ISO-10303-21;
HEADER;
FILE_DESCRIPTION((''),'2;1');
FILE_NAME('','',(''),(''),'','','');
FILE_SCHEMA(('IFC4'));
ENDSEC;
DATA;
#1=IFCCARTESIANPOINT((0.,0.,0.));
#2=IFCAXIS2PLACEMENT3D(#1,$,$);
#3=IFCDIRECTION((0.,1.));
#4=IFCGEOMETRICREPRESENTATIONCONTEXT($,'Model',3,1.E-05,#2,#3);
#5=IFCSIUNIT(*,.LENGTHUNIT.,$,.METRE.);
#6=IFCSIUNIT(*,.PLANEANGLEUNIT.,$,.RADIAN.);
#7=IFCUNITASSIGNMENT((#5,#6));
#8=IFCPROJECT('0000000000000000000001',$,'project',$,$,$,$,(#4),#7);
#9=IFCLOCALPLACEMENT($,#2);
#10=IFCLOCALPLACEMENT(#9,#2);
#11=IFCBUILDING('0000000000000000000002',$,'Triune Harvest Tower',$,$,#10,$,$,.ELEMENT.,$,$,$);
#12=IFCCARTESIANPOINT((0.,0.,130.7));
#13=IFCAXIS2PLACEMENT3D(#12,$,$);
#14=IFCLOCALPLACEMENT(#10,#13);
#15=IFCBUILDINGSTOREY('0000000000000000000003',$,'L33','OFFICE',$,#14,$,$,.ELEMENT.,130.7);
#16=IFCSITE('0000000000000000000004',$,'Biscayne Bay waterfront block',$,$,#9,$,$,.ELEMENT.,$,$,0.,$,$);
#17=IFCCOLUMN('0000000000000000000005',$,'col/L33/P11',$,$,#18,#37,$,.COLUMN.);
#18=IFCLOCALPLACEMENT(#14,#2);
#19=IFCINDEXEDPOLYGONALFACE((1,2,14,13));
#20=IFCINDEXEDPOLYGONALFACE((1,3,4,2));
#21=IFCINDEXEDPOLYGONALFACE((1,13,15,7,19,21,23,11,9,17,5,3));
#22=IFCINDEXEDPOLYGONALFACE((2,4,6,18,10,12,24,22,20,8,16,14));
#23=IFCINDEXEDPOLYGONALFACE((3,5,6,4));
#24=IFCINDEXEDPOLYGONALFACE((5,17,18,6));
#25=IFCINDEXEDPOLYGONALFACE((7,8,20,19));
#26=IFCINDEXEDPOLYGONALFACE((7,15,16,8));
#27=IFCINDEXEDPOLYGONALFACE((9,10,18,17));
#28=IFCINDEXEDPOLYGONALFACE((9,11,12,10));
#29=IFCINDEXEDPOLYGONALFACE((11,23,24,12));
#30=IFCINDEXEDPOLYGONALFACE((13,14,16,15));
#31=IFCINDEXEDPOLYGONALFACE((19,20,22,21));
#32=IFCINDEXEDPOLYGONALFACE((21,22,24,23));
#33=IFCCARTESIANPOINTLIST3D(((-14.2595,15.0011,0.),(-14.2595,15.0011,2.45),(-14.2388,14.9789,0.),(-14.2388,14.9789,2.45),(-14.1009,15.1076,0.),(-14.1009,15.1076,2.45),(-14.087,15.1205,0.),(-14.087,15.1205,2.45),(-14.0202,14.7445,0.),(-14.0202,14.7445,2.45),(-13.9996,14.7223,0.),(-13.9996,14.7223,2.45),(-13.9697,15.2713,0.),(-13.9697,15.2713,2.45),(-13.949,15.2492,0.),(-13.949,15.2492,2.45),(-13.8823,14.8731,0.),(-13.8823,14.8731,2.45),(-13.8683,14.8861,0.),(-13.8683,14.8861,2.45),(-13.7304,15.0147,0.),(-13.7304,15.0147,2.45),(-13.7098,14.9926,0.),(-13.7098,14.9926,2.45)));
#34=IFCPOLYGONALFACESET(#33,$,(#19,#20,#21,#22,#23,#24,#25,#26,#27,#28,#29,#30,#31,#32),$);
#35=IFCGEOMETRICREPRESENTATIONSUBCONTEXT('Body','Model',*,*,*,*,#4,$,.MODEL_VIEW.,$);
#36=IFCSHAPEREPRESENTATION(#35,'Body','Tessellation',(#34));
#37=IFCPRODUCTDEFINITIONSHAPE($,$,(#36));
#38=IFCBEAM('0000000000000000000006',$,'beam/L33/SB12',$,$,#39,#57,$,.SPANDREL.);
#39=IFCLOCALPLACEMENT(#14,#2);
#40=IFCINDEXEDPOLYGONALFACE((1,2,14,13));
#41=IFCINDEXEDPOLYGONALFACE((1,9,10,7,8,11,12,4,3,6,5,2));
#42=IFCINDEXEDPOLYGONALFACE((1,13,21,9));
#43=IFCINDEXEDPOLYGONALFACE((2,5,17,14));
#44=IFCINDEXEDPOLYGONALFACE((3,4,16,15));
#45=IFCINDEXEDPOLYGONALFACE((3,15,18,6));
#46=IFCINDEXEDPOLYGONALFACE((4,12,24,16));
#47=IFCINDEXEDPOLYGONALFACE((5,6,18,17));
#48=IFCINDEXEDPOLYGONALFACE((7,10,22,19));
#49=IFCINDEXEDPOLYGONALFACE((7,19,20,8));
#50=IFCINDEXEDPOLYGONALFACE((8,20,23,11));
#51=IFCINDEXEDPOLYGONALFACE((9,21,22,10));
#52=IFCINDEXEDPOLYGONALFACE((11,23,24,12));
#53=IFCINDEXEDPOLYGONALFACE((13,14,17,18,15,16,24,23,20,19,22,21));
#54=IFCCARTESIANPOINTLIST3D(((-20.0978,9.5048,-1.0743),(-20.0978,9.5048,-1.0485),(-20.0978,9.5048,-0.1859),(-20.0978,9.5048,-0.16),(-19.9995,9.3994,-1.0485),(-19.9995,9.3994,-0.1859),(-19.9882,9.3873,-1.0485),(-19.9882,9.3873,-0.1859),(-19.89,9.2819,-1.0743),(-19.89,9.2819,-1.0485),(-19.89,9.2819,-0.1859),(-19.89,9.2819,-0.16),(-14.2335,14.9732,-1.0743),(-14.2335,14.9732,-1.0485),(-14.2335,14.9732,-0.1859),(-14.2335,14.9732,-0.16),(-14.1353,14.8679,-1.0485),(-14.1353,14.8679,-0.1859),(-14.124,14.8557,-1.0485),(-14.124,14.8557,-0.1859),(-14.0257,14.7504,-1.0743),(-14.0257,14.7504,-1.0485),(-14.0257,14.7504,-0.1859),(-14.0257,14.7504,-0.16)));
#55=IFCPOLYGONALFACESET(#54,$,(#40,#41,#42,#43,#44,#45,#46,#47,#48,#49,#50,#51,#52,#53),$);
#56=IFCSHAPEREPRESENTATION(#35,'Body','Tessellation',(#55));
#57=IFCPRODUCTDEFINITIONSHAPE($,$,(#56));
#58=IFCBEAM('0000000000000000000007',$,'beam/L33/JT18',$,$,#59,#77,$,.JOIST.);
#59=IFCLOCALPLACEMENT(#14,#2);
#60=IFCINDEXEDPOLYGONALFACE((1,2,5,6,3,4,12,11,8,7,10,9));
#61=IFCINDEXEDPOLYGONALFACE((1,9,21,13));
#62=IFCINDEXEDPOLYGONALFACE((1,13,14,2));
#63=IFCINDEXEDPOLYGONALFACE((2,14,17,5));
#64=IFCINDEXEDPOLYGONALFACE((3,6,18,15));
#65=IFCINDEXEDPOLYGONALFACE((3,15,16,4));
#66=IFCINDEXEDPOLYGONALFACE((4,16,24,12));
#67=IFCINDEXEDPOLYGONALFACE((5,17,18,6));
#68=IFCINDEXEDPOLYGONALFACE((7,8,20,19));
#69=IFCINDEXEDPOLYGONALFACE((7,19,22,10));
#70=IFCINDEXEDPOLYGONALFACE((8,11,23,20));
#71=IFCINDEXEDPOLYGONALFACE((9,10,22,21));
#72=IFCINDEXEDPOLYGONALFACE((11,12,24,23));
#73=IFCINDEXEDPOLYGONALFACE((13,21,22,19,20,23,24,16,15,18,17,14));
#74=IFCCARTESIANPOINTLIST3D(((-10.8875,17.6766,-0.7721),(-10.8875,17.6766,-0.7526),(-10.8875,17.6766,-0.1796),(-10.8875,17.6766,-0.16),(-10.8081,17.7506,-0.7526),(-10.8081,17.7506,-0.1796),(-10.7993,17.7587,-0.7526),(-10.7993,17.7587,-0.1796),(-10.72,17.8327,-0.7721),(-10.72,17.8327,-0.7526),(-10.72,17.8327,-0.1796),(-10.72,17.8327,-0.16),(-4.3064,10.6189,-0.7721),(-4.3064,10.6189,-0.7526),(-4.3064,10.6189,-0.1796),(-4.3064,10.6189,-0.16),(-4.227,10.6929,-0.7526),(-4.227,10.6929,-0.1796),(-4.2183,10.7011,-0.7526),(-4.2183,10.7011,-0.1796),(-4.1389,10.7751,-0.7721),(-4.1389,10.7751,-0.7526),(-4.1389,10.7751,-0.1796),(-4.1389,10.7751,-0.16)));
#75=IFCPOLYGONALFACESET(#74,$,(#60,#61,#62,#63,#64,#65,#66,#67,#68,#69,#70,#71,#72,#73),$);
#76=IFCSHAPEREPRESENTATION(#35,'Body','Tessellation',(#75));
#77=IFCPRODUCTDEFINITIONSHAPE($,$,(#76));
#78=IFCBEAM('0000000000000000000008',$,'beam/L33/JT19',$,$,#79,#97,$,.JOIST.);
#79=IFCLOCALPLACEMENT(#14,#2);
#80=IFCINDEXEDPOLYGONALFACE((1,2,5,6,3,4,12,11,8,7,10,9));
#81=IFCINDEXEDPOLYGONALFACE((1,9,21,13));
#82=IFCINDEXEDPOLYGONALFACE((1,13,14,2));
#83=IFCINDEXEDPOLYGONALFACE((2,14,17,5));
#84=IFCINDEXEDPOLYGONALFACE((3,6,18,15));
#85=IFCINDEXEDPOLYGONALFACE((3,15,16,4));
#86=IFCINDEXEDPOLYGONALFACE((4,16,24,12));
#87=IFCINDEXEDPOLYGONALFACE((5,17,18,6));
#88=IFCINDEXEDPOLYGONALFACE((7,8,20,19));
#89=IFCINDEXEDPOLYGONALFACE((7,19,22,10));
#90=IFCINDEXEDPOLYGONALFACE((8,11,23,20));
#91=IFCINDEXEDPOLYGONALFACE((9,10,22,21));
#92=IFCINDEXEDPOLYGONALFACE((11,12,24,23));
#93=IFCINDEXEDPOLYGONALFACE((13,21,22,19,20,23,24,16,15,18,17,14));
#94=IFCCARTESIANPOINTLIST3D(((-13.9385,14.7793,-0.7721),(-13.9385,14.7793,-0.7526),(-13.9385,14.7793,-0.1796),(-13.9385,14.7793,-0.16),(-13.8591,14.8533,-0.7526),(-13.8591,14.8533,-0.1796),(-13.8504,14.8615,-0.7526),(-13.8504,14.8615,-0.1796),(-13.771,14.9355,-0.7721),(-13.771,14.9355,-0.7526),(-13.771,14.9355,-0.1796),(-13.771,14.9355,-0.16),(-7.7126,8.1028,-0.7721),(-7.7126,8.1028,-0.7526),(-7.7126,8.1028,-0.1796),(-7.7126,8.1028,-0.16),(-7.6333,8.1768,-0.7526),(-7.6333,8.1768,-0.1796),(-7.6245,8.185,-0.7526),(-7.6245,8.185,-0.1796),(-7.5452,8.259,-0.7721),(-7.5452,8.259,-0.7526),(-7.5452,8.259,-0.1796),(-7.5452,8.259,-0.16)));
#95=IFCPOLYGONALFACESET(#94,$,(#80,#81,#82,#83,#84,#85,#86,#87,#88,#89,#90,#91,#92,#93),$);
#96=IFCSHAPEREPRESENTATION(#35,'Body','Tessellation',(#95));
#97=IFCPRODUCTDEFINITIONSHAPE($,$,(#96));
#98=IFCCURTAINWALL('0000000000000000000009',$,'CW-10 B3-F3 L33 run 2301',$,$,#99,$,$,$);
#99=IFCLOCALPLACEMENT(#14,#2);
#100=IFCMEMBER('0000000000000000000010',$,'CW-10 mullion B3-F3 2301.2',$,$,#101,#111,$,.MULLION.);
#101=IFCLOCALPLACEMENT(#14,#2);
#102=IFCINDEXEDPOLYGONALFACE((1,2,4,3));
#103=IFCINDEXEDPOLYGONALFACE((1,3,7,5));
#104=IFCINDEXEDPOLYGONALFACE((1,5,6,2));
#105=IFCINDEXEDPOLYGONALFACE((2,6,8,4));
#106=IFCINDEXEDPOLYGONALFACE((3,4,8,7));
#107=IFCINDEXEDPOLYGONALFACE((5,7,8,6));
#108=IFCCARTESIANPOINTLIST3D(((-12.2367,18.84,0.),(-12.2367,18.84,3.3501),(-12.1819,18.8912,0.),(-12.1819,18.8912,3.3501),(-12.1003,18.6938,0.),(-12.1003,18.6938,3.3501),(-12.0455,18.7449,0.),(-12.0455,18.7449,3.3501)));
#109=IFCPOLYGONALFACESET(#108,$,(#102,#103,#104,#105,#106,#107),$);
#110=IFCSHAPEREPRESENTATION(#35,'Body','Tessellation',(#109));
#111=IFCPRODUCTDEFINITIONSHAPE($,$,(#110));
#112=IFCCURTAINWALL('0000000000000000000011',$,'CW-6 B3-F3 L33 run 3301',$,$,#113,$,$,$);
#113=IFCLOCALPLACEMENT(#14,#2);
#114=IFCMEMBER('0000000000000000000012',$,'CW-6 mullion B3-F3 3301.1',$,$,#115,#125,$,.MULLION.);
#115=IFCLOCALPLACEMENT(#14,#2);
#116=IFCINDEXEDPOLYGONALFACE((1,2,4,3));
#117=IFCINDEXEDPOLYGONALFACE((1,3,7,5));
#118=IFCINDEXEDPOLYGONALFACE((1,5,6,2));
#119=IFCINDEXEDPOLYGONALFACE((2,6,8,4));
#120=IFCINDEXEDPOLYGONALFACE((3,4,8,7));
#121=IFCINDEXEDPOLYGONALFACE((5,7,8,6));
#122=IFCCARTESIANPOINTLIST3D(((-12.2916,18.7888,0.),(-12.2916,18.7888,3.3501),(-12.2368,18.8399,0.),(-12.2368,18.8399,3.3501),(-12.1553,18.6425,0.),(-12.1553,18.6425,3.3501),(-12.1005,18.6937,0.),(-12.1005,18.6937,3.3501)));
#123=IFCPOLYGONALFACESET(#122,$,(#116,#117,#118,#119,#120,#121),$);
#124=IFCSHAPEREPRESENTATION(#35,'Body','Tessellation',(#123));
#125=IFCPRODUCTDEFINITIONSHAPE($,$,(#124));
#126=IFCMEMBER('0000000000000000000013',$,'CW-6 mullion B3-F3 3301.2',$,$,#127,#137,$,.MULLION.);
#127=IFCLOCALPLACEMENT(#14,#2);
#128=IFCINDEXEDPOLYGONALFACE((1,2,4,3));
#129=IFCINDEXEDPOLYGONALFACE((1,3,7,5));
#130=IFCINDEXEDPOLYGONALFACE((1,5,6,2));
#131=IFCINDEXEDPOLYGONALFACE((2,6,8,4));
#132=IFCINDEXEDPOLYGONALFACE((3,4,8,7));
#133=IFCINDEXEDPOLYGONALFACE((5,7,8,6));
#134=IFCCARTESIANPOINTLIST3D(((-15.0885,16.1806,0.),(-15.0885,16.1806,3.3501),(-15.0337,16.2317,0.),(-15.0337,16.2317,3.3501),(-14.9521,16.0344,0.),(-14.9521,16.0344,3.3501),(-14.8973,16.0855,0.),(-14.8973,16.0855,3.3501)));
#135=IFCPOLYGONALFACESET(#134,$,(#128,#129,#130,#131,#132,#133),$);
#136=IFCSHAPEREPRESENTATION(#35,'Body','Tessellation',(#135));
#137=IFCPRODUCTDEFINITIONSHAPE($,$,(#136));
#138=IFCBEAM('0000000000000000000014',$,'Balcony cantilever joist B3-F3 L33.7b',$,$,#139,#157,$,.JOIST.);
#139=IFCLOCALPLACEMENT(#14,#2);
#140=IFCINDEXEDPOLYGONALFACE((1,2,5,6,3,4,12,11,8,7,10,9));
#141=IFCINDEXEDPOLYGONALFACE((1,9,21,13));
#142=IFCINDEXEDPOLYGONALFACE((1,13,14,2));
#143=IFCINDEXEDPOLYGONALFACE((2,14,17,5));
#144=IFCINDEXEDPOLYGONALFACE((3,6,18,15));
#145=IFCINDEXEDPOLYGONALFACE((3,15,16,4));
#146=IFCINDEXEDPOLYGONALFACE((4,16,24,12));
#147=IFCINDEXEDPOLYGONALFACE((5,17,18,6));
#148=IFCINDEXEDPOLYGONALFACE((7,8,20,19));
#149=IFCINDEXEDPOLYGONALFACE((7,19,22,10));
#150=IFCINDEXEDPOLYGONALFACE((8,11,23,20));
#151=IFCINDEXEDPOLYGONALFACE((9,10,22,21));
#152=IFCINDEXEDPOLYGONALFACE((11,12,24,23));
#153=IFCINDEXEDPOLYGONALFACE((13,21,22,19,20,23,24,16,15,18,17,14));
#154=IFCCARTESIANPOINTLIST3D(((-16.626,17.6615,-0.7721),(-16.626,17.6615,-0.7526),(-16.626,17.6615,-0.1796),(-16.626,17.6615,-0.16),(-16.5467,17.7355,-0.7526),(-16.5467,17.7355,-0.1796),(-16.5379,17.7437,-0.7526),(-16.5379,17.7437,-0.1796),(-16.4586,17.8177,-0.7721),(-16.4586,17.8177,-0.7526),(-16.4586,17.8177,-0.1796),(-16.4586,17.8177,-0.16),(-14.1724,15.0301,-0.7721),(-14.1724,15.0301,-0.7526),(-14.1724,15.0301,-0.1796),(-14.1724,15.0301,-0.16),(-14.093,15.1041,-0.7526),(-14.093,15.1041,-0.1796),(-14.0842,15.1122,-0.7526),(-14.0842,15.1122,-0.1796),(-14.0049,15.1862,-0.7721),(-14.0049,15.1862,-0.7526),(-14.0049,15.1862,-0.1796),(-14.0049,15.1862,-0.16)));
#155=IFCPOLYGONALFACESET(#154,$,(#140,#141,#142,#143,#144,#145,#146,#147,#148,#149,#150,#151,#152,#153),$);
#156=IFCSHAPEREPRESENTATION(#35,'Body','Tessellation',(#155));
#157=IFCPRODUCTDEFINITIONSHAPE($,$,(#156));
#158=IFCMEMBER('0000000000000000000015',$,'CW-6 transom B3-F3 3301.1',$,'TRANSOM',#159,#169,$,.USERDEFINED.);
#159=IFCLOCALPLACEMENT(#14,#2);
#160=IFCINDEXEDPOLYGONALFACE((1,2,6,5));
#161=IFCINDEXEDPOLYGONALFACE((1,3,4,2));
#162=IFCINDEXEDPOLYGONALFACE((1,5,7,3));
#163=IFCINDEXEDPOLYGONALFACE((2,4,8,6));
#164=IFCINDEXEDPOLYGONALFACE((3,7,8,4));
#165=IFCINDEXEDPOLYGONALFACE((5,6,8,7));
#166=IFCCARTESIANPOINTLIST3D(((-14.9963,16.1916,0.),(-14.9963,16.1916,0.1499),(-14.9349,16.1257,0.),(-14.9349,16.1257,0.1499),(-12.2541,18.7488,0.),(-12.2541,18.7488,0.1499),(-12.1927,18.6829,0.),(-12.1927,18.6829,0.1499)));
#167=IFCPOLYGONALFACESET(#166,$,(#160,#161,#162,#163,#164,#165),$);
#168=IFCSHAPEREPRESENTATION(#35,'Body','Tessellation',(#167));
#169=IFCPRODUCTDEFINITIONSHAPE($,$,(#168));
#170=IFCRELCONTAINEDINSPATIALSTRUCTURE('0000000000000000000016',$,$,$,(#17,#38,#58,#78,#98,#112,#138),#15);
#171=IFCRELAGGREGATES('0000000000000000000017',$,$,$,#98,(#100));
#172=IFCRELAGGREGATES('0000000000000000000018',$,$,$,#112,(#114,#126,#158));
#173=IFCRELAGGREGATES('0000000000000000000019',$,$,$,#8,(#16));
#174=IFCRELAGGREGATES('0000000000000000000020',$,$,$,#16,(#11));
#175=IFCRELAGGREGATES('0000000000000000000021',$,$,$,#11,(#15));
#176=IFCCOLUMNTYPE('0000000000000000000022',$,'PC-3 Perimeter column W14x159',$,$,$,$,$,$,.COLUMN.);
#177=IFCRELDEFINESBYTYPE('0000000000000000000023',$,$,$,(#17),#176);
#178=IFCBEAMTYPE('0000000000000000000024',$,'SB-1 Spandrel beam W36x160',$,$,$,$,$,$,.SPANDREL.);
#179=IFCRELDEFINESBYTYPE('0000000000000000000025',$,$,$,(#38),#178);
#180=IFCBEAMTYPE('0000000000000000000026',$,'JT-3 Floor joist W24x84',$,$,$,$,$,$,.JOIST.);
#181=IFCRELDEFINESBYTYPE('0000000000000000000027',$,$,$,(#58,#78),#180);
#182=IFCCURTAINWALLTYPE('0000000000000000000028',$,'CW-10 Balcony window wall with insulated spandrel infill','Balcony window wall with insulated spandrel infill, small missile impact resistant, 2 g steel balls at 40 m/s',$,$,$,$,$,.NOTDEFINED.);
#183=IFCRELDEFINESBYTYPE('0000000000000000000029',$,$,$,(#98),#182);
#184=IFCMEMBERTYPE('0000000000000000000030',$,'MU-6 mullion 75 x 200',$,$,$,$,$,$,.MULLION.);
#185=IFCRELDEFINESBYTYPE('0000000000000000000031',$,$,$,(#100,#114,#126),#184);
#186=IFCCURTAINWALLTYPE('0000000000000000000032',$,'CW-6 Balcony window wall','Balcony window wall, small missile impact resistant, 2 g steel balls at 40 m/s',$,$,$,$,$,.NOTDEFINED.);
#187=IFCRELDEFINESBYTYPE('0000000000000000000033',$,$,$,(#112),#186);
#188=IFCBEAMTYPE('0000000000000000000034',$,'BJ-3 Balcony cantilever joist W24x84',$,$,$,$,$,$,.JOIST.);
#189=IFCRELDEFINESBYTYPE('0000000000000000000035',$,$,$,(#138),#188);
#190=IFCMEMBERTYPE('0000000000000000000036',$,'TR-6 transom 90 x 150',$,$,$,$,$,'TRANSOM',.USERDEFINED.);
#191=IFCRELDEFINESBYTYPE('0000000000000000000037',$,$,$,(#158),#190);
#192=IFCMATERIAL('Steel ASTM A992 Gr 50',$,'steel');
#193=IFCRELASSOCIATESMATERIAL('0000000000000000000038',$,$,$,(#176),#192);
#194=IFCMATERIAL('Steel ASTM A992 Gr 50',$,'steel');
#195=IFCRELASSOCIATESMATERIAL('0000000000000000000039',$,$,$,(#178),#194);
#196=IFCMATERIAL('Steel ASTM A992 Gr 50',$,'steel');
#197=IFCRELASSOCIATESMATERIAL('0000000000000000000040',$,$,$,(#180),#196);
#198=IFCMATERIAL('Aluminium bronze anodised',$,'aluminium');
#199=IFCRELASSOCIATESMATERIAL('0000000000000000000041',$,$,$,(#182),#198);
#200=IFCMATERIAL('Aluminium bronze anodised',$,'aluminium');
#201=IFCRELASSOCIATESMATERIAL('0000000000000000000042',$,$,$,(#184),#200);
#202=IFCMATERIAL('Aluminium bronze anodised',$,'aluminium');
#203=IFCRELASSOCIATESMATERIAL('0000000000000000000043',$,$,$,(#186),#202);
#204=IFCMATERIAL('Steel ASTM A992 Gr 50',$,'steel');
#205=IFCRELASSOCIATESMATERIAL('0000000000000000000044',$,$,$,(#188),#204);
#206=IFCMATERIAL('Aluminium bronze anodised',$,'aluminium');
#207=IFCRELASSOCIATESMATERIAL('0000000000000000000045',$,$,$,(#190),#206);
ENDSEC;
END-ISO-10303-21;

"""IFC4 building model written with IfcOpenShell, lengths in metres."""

from ifc_helpers import new_model, si_unit, direction, frame, origin, origin_2d, place, context, subcontext, project, spatial, rectangle, i_section, extrude, source, transform, mapped, material, material_profile, profile_set, type_object, element, aggregate, save


model = new_model("IFC4")

# Units and contexts
model_context = context("Model", 3, precision=1e-05, world=origin(), true_north=direction((0.0, 1.0)))
body_context = subcontext(model_context, "Body", "Model", "MODEL_VIEW")
ifc_project = project(units=[si_unit("LENGTHUNIT", "METRE"), si_unit("PLANEANGLEUNIT", "RADIAN")], contexts=[model_context])

# Site, building, storey
site_placement = place(None, origin())
site = spatial("IfcSite", under=ifc_project, at=site_placement, Name="Biscayne Bay waterfront block", CompositionType="ELEMENT", RefElevation=0.0)
building_placement = place(site_placement, origin())
building = spatial("IfcBuilding", under=site, at=building_placement, Name="Triune Harvest Tower", CompositionType="ELEMENT")
storey_placement = place(building_placement, frame((0.0, 0.0, 130.7)))
storey = spatial("IfcBuildingStorey", under=building, at=storey_placement, Name="L33", Description="OFFICE", CompositionType="ELEMENT", Elevation=130.7)

# Column
ifc_material_1 = material(Name="Steel ASTM A992 Gr 50", Category="steel")
ifc_material_profile_1 = material_profile(ifc_material_1, i_section(OverallWidth=0.3962, OverallDepth=0.3811, WebThickness=0.019, FlangeThickness=0.0303, at=origin_2d()), Name="W14x159")
ifc_profile_set_1 = profile_set([ifc_material_profile_1], Name="Steel ASTM A992 Gr 50")
column_type = type_object("IfcColumnType", Name="PC-3 Perimeter column W14x159", PredefinedType="COLUMN", material=ifc_profile_set_1)
shared_shape_1 = source(origin(), body_context, "Body", "SweptSolid", [
    extrude(i_section(OverallWidth=0.3962, OverallDepth=0.3811, WebThickness=0.019, FlangeThickness=0.0303, at=origin_2d()), origin(), (0.0, 0.0, 1.0), 2.45),
])
column_placement = place(storey_placement, frame((-13.9846, 14.9968, 0.0), z_axis=(0.0, 0.0, 1.0), x_axis=(-0.731355, -0.681997, 0.0)))
element("IfcColumn", 1, at=column_placement, inside=storey, type_object=column_type, Name="col/L33/P11", PredefinedType="COLUMN", context=body_context, shape_type="MappedRepresentation", body=[
    mapped(shared_shape_1, transform((0.0, 0.0, 0.0), scale=1.0)),
])

# Beams
ifc_material_2 = material(Name="Steel ASTM A992 Gr 50", Category="steel")
ifc_material_profile_2 = material_profile(ifc_material_2, i_section(OverallWidth=0.3047, OverallDepth=0.9143, WebThickness=0.0166, FlangeThickness=0.0259, at=origin_2d()), Name="W36x160")
ifc_profile_set_2 = profile_set([ifc_material_profile_2], Name="Steel ASTM A992 Gr 50")
beam_type_1 = type_object("IfcBeamType", Name="SB-1 Spandrel beam W36x160", PredefinedType="SPANDREL", material=ifc_profile_set_2)
shared_shape_2 = source(origin(), body_context, "Body", "SweptSolid", [
    extrude(i_section(OverallWidth=0.3047, OverallDepth=0.9143, WebThickness=0.0166, FlangeThickness=0.0259, at=origin_2d()), origin(), (0.0, 0.0, 1.0), 8.0183),
])
beam_1_placement = place(storey_placement, frame((-14.1296, 14.8618, -0.6172), z_axis=(-0.731354, -0.681998, 0.0), x_axis=(0.681998, -0.731354, 0.0)))
element("IfcBeam", 2, at=beam_1_placement, inside=storey, type_object=beam_type_1, Name="beam/L33/SB12", PredefinedType="SPANDREL", context=body_context, shape_type="MappedRepresentation", body=[
    mapped(shared_shape_2, transform((0.0, 0.0, 0.0), scale=1.0)),
])
ifc_material_3 = material(Name="Steel ASTM A992 Gr 50", Category="steel")
ifc_material_profile_3 = material_profile(ifc_material_3, i_section(OverallWidth=0.229, OverallDepth=0.6121, WebThickness=0.012, FlangeThickness=0.0195, at=origin_2d()), Name="W24x84")
ifc_profile_set_3 = profile_set([ifc_material_profile_3], Name="Steel ASTM A992 Gr 50")
beam_type_2 = type_object("IfcBeamType", Name="JT-3 Floor joist W24x84", PredefinedType="JOIST", material=ifc_profile_set_3)
shared_shape_3 = source(origin(), body_context, "Body", "SweptSolid", [
    extrude(i_section(OverallWidth=0.229, OverallDepth=0.6121, WebThickness=0.012, FlangeThickness=0.0195, at=origin_2d()), origin(), (0.0, 0.0, 1.0), 9.6499),
])
beam_2_placement = place(storey_placement, frame((-10.8037, 17.7546, -0.4661), z_axis=(0.681983, -0.731368, 0.0), x_axis=(0.731368, 0.681983, 0.0)))
element("IfcBeam", 3, at=beam_2_placement, inside=storey, type_object=beam_type_2, Name="beam/L33/JT18", PredefinedType="JOIST", context=body_context, shape_type="MappedRepresentation", body=[
    mapped(shared_shape_3, transform((0.0, 0.0, 0.0), scale=1.0)),
])
shared_shape_4 = source(origin(), body_context, "Body", "SweptSolid", [
    extrude(i_section(OverallWidth=0.229, OverallDepth=0.6121, WebThickness=0.012, FlangeThickness=0.0195, at=origin_2d()), origin(), (0.0, 0.0, 1.0), 9.1289),
])
beam_3_placement = place(storey_placement, frame((-13.8547, 14.8574, -0.4661), z_axis=(0.681991, -0.73136, 0.0), x_axis=(0.73136, 0.681991, 0.0)))
element("IfcBeam", 4, at=beam_3_placement, inside=storey, type_object=beam_type_2, Name="beam/L33/JT19", PredefinedType="JOIST", context=body_context, shape_type="MappedRepresentation", body=[
    mapped(shared_shape_4, transform((0.0, 0.0, 0.0), scale=1.0)),
])

# Curtain wall, member
ifc_material_4 = material(Name="Aluminium bronze anodised", Category="aluminium")
curtain_wall_type_1 = type_object("IfcCurtainWallType", Name="CW-10 Balcony window wall with insulated spandrel infill", Description="Balcony window wall with insulated spandrel infill, small missile impact resistant, 2 g steel balls at 40 m/s", PredefinedType="NOTDEFINED", material=ifc_material_4)
curtain_wall_1_placement = place(storey_placement, origin())
curtain_wall_1 = element("IfcCurtainWall", 5, at=curtain_wall_1_placement, inside=storey, type_object=curtain_wall_type_1, Name="CW-10 B3-F3 L33 run 2301")
ifc_material_5 = material(Name="Aluminium bronze anodised", Category="aluminium")
ifc_material_profile_4 = material_profile(ifc_material_5, rectangle(XDim=0.2, YDim=0.075, at=origin_2d()), Name="MU-6 mullion 75 x 200")
ifc_profile_set_4 = profile_set([ifc_material_profile_4], Name="Aluminium bronze anodised")
member_type_1 = type_object("IfcMemberType", Name="MU-6 mullion 75 x 200", PredefinedType="MULLION", material=ifc_profile_set_4)
shared_shape_5 = source(origin(), body_context, "Body", "SweptSolid", [
    extrude(rectangle(XDim=0.2, YDim=0.075, at=origin_2d()), origin(), (0.0, 0.0, 1.0), 3.3501),
])
member_1_placement = place(storey_placement, frame((-12.1411, 18.7925, 0.0), z_axis=(0.0, 0.0, 1.0), x_axis=(0.681992, -0.73136, 0.0)))
member_1 = element("IfcMember", 6, at=member_1_placement, type_object=member_type_1, Name="CW-10 mullion B3-F3 2301.2", PredefinedType="MULLION", context=body_context, shape_type="MappedRepresentation", body=[
    mapped(shared_shape_5, transform((0.0, 0.0, 0.0), scale=1.0)),
])

# Curtain wall, members
ifc_material_6 = material(Name="Aluminium bronze anodised", Category="aluminium")
curtain_wall_type_2 = type_object("IfcCurtainWallType", Name="CW-6 Balcony window wall", Description="Balcony window wall, small missile impact resistant, 2 g steel balls at 40 m/s", PredefinedType="NOTDEFINED", material=ifc_material_6)
curtain_wall_2_placement = place(storey_placement, origin())
curtain_wall_2 = element("IfcCurtainWall", 7, at=curtain_wall_2_placement, inside=storey, type_object=curtain_wall_type_2, Name="CW-6 B3-F3 L33 run 3301")
member_2_placement = place(storey_placement, frame((-12.196, 18.7412, 0.0), z_axis=(0.0, 0.0, 1.0), x_axis=(0.682006, -0.731347, 0.0)))
member_2 = element("IfcMember", 8, at=member_2_placement, type_object=member_type_1, Name="CW-6 mullion B3-F3 3301.1", PredefinedType="MULLION", context=body_context, shape_type="MappedRepresentation", body=[
    mapped(shared_shape_5, transform((0.0, 0.0, 0.0), scale=1.0)),
])
member_3_placement = place(storey_placement, frame((-14.9929, 16.1331, 0.0), z_axis=(0.0, 0.0, 1.0), x_axis=(0.682006, -0.731347, 0.0)))
member_3 = element("IfcMember", 9, at=member_3_placement, type_object=member_type_1, Name="CW-6 mullion B3-F3 3301.2", PredefinedType="MULLION", context=body_context, shape_type="MappedRepresentation", body=[
    mapped(shared_shape_5, transform((0.0, 0.0, 0.0), scale=1.0)),
])

# Beam
ifc_material_7 = material(Name="Steel ASTM A992 Gr 50", Category="steel")
ifc_material_profile_5 = material_profile(ifc_material_7, i_section(OverallWidth=0.229, OverallDepth=0.6121, WebThickness=0.012, FlangeThickness=0.0195, at=origin_2d()), Name="W24x84")
ifc_profile_set_5 = profile_set([ifc_material_profile_5], Name="Steel ASTM A992 Gr 50")
beam_type_3 = type_object("IfcBeamType", Name="BJ-3 Balcony cantilever joist W24x84", PredefinedType="JOIST", material=ifc_profile_set_5)
shared_shape_6 = source(origin(), body_context, "Body", "SweptSolid", [
    extrude(i_section(OverallWidth=0.229, OverallDepth=0.6121, WebThickness=0.012, FlangeThickness=0.0195, at=origin_2d()), origin(), (0.0, 0.0, 1.0), 3.5979),
])
beam_4_placement = place(storey_placement, frame((-14.0886, 15.1082, -0.4661), z_axis=(-0.681975, 0.731376, 0.0), x_axis=(-0.731376, -0.681975, 0.0)))
element("IfcBeam", 10, at=beam_4_placement, inside=storey, type_object=beam_type_3, Name="Balcony cantilever joist B3-F3 L33.7b", PredefinedType="JOIST", context=body_context, shape_type="MappedRepresentation", body=[
    mapped(shared_shape_6, transform((0.0, 0.0, 0.0), scale=1.0)),
])

# Member
ifc_material_8 = material(Name="Aluminium bronze anodised", Category="aluminium")
ifc_material_profile_6 = material_profile(ifc_material_8, rectangle(XDim=0.0901, YDim=0.1499, at=origin_2d()), Name="TR-6 transom 90 x 150")
ifc_profile_set_6 = profile_set([ifc_material_profile_6], Name="Aluminium bronze anodised")
member_type_2 = type_object("IfcMemberType", Name="TR-6 transom 90 x 150", ElementType="TRANSOM", PredefinedType="USERDEFINED", material=ifc_profile_set_6)
shared_shape_7 = source(origin(), body_context, "Body", "SweptSolid", [
    extrude(rectangle(XDim=0.0901, YDim=0.1499, at=origin_2d()), origin(), (0.0, 0.0, 1.0), 3.7495),
])
member_4_placement = place(storey_placement, frame((-12.2234, 18.7158, 0.075), z_axis=(-0.731354, -0.681998, 0.0), x_axis=(0.681998, -0.731354, 0.0)))
member_4 = element("IfcMember", 11, at=member_4_placement, type_object=member_type_2, Name="CW-6 transom B3-F3 3301.1", ObjectType="TRANSOM", PredefinedType="USERDEFINED", context=body_context, shape_type="MappedRepresentation", body=[
    mapped(shared_shape_7, transform((0.0, 0.0, 0.0), scale=1.0)),
])

aggregate(curtain_wall_1, [member_1])
aggregate(curtain_wall_2, [member_2, member_3, member_4])

save(model, "model.ifc")
